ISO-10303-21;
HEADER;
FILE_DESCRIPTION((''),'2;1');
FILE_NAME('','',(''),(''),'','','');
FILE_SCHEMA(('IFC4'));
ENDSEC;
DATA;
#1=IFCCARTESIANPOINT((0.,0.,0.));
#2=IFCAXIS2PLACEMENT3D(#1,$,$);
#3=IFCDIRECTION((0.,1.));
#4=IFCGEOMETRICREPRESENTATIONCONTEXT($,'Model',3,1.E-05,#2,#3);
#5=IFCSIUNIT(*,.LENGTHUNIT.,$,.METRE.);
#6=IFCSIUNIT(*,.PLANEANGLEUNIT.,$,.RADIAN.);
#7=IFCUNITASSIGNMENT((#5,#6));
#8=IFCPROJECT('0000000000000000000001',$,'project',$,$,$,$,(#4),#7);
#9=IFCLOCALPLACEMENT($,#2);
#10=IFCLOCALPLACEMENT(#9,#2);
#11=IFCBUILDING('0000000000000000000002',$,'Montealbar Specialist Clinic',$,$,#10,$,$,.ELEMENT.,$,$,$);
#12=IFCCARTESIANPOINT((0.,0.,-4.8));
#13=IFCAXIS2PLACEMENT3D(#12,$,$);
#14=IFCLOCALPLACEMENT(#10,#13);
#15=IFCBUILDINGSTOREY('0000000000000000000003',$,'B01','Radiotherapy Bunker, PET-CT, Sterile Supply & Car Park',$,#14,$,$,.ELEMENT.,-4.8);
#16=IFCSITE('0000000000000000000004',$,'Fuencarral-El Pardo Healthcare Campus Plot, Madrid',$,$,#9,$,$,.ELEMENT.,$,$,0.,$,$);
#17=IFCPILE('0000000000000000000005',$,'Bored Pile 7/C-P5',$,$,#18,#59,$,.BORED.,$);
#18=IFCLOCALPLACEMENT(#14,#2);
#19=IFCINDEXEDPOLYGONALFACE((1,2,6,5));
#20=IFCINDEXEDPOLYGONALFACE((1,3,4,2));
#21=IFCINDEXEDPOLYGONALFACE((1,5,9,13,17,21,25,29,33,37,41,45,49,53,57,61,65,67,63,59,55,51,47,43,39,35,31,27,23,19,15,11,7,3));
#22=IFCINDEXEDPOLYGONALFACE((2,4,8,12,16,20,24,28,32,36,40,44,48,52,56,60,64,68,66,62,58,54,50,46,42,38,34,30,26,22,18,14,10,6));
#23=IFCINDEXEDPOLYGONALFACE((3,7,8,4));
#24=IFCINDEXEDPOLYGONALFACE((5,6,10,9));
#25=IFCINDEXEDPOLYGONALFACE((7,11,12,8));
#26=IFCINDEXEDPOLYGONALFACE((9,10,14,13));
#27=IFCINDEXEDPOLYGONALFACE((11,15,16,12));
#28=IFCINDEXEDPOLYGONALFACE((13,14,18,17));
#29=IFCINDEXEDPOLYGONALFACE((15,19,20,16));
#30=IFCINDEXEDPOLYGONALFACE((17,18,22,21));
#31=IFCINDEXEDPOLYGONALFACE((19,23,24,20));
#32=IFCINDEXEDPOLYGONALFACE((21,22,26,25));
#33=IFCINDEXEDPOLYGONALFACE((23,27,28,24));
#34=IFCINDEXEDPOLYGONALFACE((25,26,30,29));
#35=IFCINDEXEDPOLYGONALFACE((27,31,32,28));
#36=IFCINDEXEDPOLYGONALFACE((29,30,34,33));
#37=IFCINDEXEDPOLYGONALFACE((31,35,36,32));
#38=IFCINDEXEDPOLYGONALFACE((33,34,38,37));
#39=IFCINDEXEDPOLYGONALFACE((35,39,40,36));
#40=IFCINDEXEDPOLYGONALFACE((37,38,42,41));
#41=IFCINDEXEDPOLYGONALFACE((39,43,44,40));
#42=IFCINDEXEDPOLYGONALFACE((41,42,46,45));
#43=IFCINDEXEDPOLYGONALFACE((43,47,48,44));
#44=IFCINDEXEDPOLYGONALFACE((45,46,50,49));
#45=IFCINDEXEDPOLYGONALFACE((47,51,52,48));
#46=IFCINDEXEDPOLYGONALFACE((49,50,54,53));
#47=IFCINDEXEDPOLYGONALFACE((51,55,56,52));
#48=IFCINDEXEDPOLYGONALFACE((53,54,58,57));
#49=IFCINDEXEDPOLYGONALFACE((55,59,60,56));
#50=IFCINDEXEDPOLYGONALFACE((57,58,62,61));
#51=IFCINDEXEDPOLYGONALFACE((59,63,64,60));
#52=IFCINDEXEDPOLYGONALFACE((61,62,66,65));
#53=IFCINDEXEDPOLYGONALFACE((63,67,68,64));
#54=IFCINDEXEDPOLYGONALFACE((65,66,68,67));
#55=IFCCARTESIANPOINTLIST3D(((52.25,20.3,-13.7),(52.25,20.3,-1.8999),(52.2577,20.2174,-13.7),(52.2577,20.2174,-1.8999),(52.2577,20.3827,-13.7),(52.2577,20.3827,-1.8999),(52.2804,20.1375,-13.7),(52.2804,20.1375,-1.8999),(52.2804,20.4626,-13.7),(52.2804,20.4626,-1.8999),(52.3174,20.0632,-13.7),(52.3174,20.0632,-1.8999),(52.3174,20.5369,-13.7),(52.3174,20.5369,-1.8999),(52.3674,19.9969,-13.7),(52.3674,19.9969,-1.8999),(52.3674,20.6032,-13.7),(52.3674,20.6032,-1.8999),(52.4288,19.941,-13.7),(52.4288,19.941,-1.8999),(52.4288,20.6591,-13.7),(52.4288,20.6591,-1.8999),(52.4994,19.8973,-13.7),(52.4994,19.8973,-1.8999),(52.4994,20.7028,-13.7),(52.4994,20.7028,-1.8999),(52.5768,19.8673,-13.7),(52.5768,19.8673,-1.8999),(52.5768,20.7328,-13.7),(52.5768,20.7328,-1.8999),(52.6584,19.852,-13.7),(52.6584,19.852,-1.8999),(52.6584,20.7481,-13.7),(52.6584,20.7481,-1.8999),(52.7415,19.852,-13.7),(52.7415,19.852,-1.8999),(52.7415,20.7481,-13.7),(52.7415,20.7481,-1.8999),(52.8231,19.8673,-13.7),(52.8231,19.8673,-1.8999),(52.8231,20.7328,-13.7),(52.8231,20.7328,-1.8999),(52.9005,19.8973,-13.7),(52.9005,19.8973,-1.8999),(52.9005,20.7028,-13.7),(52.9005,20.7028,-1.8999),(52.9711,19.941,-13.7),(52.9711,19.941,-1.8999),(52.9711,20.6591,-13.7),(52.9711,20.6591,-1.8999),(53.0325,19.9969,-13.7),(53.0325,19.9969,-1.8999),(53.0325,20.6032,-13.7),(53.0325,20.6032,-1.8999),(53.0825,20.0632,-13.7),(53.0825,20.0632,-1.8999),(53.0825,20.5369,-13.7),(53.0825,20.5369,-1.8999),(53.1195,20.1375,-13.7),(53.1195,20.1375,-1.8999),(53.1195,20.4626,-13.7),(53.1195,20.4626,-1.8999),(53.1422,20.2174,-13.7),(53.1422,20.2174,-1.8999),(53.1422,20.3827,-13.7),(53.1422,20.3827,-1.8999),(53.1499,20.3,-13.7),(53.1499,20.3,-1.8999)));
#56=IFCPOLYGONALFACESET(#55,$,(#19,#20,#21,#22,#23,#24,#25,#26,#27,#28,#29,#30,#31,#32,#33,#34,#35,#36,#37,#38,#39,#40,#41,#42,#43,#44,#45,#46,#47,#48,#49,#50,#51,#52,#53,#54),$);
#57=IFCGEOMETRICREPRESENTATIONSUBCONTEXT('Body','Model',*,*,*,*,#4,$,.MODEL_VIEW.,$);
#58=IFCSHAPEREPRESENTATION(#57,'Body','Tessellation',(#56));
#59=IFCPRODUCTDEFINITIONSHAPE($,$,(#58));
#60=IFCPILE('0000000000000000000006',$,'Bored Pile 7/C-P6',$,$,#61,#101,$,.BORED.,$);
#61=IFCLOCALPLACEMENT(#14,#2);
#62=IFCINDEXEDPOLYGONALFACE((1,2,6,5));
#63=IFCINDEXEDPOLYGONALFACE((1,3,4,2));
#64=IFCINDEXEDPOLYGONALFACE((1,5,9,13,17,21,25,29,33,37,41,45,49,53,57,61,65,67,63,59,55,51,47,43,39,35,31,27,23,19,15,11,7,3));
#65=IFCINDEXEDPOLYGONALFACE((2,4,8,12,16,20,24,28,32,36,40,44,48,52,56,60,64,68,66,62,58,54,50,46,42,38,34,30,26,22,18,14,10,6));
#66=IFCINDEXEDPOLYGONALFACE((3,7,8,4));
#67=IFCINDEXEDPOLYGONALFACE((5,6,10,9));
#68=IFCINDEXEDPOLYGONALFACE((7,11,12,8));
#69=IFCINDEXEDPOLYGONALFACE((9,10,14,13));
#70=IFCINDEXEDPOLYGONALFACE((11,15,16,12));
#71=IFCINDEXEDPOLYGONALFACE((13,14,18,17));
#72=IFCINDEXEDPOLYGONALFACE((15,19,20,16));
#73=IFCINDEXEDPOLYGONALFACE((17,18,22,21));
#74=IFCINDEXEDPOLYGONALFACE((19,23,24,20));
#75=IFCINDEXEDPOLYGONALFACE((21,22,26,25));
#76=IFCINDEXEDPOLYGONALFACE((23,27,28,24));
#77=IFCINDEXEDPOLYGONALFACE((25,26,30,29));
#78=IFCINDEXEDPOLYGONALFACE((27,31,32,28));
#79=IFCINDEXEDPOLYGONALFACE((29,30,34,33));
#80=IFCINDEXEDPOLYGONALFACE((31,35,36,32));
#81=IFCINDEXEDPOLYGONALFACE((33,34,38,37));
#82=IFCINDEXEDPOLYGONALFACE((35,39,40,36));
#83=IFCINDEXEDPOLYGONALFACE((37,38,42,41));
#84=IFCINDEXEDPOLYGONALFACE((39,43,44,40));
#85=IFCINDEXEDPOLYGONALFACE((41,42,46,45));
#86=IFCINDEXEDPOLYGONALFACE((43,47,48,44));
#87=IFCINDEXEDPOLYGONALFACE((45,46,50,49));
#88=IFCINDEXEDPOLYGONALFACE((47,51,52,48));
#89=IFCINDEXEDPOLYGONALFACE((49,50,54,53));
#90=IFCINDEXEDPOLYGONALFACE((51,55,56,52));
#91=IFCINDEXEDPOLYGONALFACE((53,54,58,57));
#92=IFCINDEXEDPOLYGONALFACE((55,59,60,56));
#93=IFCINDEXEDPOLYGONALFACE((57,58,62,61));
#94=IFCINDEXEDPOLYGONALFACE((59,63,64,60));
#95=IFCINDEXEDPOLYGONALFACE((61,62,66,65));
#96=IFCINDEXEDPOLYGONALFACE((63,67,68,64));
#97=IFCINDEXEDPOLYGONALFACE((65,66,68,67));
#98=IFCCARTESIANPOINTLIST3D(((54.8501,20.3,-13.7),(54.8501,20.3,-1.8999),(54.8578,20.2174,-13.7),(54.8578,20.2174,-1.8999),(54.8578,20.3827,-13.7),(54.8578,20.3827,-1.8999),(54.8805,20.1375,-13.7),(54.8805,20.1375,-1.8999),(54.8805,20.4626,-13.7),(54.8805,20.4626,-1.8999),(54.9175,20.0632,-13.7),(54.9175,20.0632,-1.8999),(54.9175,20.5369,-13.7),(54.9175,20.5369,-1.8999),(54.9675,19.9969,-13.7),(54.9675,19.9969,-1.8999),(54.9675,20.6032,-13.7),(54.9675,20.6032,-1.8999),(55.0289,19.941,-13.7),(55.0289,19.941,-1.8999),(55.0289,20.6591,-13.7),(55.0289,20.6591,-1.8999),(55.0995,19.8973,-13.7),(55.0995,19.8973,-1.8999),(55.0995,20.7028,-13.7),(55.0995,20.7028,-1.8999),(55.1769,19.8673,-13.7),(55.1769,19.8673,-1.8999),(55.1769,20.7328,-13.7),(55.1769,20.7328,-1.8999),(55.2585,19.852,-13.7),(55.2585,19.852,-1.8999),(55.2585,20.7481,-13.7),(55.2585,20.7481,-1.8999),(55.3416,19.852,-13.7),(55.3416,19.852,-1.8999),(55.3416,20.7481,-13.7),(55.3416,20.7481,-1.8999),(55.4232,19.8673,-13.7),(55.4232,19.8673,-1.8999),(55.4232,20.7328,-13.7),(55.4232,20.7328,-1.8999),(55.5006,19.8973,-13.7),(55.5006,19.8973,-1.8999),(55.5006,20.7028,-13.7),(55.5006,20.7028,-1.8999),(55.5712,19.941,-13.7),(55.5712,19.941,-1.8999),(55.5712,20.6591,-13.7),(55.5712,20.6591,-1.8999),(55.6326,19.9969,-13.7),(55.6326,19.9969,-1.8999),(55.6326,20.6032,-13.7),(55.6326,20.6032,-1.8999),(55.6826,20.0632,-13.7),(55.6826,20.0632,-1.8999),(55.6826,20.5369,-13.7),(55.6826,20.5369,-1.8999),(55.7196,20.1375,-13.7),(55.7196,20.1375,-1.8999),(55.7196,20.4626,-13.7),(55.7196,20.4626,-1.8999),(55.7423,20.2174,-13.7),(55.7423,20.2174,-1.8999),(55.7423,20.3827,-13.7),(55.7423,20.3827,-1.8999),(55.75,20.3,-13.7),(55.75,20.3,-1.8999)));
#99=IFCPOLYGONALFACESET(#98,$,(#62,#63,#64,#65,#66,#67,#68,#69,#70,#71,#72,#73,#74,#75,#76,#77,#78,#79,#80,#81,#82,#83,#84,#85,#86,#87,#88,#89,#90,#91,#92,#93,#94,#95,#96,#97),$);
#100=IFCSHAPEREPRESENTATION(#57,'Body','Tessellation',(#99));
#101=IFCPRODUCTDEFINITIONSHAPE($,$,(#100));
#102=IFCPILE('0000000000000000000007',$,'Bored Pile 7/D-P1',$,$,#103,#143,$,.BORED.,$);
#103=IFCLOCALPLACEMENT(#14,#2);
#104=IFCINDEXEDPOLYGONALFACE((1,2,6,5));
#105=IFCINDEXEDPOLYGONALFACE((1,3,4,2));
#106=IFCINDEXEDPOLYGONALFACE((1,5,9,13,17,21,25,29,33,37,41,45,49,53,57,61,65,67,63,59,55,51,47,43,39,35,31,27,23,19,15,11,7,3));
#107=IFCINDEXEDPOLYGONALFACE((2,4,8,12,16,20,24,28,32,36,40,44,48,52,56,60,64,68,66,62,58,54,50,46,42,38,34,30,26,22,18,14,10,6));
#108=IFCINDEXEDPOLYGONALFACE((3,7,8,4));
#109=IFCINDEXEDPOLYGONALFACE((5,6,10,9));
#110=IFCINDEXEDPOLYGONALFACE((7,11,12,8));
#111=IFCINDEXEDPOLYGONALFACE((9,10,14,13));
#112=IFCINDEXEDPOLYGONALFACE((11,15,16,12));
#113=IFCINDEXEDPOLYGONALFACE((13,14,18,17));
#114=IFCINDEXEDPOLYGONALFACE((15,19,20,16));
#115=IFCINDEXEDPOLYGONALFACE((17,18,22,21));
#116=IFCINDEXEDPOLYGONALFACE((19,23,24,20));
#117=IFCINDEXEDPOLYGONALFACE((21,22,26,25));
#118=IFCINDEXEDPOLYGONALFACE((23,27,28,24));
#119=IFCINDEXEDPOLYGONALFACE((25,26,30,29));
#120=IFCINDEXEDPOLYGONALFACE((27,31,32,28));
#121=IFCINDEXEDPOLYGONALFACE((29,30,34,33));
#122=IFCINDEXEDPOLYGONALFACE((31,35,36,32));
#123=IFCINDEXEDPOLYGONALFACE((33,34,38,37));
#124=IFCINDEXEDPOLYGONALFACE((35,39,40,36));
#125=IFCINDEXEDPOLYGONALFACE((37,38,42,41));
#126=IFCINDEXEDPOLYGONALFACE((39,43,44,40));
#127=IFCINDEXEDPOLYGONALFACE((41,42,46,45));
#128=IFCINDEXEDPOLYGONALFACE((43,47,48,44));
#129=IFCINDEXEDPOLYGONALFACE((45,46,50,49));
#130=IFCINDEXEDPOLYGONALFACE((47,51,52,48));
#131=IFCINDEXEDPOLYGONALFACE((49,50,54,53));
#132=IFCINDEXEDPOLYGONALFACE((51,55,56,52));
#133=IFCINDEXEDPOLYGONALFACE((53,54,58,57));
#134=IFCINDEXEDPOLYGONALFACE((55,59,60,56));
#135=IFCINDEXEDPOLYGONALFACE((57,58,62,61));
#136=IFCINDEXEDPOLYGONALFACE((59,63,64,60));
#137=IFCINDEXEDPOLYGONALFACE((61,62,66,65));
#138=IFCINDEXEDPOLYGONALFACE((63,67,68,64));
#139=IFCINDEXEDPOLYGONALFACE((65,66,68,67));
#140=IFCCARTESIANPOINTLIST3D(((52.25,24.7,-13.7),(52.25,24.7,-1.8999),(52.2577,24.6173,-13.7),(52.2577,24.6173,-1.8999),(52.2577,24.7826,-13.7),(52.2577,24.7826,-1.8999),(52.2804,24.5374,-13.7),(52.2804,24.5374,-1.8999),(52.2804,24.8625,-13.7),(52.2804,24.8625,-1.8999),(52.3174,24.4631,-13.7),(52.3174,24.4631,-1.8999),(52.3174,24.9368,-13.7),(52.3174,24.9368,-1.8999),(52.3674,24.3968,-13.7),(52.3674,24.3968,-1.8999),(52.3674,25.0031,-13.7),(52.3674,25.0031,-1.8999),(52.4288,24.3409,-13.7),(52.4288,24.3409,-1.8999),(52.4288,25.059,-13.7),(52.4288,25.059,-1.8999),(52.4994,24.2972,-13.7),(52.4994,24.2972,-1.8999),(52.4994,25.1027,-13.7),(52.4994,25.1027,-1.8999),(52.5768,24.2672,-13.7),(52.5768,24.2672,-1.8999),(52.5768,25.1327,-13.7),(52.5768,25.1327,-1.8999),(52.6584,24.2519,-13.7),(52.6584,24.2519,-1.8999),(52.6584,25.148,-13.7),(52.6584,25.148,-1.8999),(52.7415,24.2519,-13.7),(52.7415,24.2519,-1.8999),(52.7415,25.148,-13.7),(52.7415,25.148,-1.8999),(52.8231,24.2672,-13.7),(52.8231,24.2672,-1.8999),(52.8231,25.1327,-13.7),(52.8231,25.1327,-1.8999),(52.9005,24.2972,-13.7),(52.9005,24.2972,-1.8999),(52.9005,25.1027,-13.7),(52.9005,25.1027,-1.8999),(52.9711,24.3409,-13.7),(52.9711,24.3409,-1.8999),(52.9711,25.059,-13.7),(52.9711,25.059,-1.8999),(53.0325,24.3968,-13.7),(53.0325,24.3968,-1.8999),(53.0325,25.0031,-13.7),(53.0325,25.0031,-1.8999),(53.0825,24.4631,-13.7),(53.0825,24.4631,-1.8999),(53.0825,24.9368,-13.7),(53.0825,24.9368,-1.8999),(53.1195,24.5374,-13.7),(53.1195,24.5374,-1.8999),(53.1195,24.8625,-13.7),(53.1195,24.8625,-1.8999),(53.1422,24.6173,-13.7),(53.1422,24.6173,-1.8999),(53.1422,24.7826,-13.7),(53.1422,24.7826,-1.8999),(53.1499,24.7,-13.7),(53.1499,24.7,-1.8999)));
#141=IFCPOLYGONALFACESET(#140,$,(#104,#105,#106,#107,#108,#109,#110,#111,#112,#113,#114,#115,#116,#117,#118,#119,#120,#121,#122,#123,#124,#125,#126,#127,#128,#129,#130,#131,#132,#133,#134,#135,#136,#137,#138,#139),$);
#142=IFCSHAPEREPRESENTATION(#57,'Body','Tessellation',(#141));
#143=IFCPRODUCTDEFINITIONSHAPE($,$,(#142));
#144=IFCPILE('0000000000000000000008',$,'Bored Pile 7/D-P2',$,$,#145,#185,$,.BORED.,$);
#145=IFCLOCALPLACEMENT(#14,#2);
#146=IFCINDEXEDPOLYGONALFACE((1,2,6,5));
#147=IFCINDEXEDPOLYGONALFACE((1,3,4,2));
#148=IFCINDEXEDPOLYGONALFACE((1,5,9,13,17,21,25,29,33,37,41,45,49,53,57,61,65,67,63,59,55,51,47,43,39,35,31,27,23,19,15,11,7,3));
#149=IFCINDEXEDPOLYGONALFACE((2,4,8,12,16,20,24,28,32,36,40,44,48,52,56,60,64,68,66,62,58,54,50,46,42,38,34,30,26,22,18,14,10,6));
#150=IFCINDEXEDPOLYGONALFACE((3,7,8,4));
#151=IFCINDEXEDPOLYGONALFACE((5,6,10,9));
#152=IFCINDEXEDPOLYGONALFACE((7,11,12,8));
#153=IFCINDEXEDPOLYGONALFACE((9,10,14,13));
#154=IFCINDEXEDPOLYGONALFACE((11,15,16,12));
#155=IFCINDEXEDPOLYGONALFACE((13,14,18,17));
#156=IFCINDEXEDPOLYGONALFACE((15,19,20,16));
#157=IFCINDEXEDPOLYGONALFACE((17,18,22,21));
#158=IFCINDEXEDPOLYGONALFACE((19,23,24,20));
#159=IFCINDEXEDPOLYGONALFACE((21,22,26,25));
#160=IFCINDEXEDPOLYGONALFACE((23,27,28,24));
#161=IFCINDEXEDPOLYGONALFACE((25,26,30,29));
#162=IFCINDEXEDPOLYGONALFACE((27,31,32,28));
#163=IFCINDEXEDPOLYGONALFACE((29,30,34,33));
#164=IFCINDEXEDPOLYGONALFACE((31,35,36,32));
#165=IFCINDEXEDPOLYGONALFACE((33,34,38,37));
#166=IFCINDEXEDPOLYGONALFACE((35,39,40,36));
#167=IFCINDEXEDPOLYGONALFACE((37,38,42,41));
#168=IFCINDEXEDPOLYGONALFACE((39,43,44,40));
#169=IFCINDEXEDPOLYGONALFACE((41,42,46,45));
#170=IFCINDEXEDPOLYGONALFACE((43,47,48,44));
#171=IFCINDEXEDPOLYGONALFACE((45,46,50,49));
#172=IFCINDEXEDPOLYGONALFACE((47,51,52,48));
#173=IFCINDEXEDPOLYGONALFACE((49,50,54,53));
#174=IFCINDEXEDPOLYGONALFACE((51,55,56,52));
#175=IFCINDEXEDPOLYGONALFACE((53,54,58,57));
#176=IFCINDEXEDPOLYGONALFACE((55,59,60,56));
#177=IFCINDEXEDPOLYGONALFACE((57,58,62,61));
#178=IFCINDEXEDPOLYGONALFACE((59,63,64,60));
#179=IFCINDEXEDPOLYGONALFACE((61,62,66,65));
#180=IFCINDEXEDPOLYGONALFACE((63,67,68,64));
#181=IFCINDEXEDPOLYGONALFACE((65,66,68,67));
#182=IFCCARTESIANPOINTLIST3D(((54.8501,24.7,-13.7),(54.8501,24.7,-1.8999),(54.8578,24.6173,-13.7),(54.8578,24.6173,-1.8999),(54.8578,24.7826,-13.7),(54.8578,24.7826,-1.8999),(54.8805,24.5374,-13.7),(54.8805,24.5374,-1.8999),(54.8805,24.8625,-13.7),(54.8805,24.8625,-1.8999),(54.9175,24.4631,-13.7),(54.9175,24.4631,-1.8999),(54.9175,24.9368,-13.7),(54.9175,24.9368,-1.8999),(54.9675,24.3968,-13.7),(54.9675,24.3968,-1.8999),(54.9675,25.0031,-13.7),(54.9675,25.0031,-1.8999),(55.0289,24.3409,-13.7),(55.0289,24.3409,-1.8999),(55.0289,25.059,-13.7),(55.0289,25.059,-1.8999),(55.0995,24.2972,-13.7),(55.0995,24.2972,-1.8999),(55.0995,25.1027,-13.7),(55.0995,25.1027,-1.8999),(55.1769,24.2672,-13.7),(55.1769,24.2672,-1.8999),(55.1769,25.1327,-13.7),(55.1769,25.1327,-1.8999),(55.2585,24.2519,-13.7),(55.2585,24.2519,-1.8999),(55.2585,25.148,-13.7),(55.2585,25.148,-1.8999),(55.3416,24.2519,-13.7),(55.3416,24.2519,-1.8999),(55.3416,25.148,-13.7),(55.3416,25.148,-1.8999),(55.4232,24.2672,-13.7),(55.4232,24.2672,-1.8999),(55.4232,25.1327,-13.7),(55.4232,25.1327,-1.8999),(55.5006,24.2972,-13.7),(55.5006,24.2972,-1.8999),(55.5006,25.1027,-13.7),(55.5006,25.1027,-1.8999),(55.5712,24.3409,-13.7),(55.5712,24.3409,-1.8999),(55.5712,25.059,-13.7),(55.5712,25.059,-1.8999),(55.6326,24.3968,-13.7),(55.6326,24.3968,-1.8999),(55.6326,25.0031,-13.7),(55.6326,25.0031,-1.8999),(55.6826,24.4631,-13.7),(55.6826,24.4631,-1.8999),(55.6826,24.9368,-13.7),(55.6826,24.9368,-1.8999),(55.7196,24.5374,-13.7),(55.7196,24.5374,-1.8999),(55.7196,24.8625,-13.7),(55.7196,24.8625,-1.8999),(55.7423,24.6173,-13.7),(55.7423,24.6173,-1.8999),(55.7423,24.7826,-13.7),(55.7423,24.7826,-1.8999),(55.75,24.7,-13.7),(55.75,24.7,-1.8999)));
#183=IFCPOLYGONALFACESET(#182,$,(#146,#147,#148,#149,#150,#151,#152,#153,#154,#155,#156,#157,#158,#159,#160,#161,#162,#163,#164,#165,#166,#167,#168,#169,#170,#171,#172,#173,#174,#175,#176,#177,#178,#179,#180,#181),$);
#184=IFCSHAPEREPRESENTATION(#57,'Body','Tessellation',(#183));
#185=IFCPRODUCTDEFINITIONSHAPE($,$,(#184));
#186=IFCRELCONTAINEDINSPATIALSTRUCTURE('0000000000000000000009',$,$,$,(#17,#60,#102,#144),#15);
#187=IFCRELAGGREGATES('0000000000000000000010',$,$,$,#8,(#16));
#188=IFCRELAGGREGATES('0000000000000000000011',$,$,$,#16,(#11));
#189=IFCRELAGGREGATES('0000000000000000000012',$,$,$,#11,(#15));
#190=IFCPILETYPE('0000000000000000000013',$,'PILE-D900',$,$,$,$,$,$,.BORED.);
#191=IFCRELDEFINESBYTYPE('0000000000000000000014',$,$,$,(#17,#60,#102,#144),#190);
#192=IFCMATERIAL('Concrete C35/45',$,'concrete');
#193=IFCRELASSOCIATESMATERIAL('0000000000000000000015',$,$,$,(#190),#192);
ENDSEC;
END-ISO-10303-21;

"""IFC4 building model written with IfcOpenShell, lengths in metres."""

from ifc_helpers import new_model, si_unit, direction, frame, origin, origin_2d, place, context, subcontext, project, spatial, circle, extrude, material, material_profile, profile_set, type_object, element, save


model = new_model("IFC4")

# Units and contexts
model_context = context("Model", 3, precision=1e-05, world=origin(), true_north=direction((0.0, 1.0)))
body_context = subcontext(model_context, "Body", "Model", "MODEL_VIEW")
ifc_project = project(units=[si_unit("LENGTHUNIT", "METRE"), si_unit("PLANEANGLEUNIT", "RADIAN")], contexts=[model_context])

# Site, building, storey
site_placement = place(None, origin())
site = spatial("IfcSite", under=ifc_project, at=site_placement, Name="Fuencarral-El Pardo Healthcare Campus Plot, Madrid", CompositionType="ELEMENT", RefElevation=0.0)
building_placement = place(site_placement, origin())
building = spatial("IfcBuilding", under=site, at=building_placement, Name="Montealbar Specialist Clinic", CompositionType="ELEMENT")
storey_placement = place(building_placement, frame((0.0, 0.0, -4.8)))
storey = spatial("IfcBuildingStorey", under=building, at=storey_placement, Name="B01", Description="Radiotherapy Bunker, PET-CT, Sterile Supply & Car Park", CompositionType="ELEMENT", Elevation=-4.8)

# Shared definitions
ifc_material_1 = material(Name="Concrete C35/45", Category="concrete")

# Piles
ifc_material_profile_1 = material_profile(ifc_material_1, circle(Radius=0.45, at=origin_2d()), Name="PILE D900", Category="concrete")
ifc_profile_set_1 = profile_set([ifc_material_profile_1], Name="Concrete C35/45")
pile_type = type_object("IfcPileType", Name="PILE-D900", PredefinedType="BORED", material=ifc_profile_set_1)
for number, where, z_axis, x_axis, name in (
    (1, (52.7, 20.3, -1.8999), (0.0, 0.0, -1.0), (1.0, 0.0, 0.0), "Bored Pile 7/C-P5"),
    (2, (55.3, 20.3, -1.8999), (0.0, 0.0, -1.0), (1.0, 0.0, 0.0), "Bored Pile 7/C-P6"),
    (3, (52.7, 24.7, -1.8999), (0.0, 0.0, -1.0), (1.0, 0.0, 0.0), "Bored Pile 7/D-P1"),
    (4, (55.3, 24.7, -1.8999), (0.0, 0.0, -1.0), (1.0, 0.0, 0.0), "Bored Pile 7/D-P2"),
):
    element("IfcPile", number, at=place(storey_placement, frame(where, z_axis=z_axis, x_axis=x_axis)), inside=storey, type_object=pile_type, Name=name, PredefinedType="BORED", context=body_context, shape_type="SweptSolid", body=[
        extrude(circle(Radius=0.45, at=origin_2d()), origin(), (0.0, 0.0, 1.0), 11.8),
    ])

save(model, "model.ifc")
